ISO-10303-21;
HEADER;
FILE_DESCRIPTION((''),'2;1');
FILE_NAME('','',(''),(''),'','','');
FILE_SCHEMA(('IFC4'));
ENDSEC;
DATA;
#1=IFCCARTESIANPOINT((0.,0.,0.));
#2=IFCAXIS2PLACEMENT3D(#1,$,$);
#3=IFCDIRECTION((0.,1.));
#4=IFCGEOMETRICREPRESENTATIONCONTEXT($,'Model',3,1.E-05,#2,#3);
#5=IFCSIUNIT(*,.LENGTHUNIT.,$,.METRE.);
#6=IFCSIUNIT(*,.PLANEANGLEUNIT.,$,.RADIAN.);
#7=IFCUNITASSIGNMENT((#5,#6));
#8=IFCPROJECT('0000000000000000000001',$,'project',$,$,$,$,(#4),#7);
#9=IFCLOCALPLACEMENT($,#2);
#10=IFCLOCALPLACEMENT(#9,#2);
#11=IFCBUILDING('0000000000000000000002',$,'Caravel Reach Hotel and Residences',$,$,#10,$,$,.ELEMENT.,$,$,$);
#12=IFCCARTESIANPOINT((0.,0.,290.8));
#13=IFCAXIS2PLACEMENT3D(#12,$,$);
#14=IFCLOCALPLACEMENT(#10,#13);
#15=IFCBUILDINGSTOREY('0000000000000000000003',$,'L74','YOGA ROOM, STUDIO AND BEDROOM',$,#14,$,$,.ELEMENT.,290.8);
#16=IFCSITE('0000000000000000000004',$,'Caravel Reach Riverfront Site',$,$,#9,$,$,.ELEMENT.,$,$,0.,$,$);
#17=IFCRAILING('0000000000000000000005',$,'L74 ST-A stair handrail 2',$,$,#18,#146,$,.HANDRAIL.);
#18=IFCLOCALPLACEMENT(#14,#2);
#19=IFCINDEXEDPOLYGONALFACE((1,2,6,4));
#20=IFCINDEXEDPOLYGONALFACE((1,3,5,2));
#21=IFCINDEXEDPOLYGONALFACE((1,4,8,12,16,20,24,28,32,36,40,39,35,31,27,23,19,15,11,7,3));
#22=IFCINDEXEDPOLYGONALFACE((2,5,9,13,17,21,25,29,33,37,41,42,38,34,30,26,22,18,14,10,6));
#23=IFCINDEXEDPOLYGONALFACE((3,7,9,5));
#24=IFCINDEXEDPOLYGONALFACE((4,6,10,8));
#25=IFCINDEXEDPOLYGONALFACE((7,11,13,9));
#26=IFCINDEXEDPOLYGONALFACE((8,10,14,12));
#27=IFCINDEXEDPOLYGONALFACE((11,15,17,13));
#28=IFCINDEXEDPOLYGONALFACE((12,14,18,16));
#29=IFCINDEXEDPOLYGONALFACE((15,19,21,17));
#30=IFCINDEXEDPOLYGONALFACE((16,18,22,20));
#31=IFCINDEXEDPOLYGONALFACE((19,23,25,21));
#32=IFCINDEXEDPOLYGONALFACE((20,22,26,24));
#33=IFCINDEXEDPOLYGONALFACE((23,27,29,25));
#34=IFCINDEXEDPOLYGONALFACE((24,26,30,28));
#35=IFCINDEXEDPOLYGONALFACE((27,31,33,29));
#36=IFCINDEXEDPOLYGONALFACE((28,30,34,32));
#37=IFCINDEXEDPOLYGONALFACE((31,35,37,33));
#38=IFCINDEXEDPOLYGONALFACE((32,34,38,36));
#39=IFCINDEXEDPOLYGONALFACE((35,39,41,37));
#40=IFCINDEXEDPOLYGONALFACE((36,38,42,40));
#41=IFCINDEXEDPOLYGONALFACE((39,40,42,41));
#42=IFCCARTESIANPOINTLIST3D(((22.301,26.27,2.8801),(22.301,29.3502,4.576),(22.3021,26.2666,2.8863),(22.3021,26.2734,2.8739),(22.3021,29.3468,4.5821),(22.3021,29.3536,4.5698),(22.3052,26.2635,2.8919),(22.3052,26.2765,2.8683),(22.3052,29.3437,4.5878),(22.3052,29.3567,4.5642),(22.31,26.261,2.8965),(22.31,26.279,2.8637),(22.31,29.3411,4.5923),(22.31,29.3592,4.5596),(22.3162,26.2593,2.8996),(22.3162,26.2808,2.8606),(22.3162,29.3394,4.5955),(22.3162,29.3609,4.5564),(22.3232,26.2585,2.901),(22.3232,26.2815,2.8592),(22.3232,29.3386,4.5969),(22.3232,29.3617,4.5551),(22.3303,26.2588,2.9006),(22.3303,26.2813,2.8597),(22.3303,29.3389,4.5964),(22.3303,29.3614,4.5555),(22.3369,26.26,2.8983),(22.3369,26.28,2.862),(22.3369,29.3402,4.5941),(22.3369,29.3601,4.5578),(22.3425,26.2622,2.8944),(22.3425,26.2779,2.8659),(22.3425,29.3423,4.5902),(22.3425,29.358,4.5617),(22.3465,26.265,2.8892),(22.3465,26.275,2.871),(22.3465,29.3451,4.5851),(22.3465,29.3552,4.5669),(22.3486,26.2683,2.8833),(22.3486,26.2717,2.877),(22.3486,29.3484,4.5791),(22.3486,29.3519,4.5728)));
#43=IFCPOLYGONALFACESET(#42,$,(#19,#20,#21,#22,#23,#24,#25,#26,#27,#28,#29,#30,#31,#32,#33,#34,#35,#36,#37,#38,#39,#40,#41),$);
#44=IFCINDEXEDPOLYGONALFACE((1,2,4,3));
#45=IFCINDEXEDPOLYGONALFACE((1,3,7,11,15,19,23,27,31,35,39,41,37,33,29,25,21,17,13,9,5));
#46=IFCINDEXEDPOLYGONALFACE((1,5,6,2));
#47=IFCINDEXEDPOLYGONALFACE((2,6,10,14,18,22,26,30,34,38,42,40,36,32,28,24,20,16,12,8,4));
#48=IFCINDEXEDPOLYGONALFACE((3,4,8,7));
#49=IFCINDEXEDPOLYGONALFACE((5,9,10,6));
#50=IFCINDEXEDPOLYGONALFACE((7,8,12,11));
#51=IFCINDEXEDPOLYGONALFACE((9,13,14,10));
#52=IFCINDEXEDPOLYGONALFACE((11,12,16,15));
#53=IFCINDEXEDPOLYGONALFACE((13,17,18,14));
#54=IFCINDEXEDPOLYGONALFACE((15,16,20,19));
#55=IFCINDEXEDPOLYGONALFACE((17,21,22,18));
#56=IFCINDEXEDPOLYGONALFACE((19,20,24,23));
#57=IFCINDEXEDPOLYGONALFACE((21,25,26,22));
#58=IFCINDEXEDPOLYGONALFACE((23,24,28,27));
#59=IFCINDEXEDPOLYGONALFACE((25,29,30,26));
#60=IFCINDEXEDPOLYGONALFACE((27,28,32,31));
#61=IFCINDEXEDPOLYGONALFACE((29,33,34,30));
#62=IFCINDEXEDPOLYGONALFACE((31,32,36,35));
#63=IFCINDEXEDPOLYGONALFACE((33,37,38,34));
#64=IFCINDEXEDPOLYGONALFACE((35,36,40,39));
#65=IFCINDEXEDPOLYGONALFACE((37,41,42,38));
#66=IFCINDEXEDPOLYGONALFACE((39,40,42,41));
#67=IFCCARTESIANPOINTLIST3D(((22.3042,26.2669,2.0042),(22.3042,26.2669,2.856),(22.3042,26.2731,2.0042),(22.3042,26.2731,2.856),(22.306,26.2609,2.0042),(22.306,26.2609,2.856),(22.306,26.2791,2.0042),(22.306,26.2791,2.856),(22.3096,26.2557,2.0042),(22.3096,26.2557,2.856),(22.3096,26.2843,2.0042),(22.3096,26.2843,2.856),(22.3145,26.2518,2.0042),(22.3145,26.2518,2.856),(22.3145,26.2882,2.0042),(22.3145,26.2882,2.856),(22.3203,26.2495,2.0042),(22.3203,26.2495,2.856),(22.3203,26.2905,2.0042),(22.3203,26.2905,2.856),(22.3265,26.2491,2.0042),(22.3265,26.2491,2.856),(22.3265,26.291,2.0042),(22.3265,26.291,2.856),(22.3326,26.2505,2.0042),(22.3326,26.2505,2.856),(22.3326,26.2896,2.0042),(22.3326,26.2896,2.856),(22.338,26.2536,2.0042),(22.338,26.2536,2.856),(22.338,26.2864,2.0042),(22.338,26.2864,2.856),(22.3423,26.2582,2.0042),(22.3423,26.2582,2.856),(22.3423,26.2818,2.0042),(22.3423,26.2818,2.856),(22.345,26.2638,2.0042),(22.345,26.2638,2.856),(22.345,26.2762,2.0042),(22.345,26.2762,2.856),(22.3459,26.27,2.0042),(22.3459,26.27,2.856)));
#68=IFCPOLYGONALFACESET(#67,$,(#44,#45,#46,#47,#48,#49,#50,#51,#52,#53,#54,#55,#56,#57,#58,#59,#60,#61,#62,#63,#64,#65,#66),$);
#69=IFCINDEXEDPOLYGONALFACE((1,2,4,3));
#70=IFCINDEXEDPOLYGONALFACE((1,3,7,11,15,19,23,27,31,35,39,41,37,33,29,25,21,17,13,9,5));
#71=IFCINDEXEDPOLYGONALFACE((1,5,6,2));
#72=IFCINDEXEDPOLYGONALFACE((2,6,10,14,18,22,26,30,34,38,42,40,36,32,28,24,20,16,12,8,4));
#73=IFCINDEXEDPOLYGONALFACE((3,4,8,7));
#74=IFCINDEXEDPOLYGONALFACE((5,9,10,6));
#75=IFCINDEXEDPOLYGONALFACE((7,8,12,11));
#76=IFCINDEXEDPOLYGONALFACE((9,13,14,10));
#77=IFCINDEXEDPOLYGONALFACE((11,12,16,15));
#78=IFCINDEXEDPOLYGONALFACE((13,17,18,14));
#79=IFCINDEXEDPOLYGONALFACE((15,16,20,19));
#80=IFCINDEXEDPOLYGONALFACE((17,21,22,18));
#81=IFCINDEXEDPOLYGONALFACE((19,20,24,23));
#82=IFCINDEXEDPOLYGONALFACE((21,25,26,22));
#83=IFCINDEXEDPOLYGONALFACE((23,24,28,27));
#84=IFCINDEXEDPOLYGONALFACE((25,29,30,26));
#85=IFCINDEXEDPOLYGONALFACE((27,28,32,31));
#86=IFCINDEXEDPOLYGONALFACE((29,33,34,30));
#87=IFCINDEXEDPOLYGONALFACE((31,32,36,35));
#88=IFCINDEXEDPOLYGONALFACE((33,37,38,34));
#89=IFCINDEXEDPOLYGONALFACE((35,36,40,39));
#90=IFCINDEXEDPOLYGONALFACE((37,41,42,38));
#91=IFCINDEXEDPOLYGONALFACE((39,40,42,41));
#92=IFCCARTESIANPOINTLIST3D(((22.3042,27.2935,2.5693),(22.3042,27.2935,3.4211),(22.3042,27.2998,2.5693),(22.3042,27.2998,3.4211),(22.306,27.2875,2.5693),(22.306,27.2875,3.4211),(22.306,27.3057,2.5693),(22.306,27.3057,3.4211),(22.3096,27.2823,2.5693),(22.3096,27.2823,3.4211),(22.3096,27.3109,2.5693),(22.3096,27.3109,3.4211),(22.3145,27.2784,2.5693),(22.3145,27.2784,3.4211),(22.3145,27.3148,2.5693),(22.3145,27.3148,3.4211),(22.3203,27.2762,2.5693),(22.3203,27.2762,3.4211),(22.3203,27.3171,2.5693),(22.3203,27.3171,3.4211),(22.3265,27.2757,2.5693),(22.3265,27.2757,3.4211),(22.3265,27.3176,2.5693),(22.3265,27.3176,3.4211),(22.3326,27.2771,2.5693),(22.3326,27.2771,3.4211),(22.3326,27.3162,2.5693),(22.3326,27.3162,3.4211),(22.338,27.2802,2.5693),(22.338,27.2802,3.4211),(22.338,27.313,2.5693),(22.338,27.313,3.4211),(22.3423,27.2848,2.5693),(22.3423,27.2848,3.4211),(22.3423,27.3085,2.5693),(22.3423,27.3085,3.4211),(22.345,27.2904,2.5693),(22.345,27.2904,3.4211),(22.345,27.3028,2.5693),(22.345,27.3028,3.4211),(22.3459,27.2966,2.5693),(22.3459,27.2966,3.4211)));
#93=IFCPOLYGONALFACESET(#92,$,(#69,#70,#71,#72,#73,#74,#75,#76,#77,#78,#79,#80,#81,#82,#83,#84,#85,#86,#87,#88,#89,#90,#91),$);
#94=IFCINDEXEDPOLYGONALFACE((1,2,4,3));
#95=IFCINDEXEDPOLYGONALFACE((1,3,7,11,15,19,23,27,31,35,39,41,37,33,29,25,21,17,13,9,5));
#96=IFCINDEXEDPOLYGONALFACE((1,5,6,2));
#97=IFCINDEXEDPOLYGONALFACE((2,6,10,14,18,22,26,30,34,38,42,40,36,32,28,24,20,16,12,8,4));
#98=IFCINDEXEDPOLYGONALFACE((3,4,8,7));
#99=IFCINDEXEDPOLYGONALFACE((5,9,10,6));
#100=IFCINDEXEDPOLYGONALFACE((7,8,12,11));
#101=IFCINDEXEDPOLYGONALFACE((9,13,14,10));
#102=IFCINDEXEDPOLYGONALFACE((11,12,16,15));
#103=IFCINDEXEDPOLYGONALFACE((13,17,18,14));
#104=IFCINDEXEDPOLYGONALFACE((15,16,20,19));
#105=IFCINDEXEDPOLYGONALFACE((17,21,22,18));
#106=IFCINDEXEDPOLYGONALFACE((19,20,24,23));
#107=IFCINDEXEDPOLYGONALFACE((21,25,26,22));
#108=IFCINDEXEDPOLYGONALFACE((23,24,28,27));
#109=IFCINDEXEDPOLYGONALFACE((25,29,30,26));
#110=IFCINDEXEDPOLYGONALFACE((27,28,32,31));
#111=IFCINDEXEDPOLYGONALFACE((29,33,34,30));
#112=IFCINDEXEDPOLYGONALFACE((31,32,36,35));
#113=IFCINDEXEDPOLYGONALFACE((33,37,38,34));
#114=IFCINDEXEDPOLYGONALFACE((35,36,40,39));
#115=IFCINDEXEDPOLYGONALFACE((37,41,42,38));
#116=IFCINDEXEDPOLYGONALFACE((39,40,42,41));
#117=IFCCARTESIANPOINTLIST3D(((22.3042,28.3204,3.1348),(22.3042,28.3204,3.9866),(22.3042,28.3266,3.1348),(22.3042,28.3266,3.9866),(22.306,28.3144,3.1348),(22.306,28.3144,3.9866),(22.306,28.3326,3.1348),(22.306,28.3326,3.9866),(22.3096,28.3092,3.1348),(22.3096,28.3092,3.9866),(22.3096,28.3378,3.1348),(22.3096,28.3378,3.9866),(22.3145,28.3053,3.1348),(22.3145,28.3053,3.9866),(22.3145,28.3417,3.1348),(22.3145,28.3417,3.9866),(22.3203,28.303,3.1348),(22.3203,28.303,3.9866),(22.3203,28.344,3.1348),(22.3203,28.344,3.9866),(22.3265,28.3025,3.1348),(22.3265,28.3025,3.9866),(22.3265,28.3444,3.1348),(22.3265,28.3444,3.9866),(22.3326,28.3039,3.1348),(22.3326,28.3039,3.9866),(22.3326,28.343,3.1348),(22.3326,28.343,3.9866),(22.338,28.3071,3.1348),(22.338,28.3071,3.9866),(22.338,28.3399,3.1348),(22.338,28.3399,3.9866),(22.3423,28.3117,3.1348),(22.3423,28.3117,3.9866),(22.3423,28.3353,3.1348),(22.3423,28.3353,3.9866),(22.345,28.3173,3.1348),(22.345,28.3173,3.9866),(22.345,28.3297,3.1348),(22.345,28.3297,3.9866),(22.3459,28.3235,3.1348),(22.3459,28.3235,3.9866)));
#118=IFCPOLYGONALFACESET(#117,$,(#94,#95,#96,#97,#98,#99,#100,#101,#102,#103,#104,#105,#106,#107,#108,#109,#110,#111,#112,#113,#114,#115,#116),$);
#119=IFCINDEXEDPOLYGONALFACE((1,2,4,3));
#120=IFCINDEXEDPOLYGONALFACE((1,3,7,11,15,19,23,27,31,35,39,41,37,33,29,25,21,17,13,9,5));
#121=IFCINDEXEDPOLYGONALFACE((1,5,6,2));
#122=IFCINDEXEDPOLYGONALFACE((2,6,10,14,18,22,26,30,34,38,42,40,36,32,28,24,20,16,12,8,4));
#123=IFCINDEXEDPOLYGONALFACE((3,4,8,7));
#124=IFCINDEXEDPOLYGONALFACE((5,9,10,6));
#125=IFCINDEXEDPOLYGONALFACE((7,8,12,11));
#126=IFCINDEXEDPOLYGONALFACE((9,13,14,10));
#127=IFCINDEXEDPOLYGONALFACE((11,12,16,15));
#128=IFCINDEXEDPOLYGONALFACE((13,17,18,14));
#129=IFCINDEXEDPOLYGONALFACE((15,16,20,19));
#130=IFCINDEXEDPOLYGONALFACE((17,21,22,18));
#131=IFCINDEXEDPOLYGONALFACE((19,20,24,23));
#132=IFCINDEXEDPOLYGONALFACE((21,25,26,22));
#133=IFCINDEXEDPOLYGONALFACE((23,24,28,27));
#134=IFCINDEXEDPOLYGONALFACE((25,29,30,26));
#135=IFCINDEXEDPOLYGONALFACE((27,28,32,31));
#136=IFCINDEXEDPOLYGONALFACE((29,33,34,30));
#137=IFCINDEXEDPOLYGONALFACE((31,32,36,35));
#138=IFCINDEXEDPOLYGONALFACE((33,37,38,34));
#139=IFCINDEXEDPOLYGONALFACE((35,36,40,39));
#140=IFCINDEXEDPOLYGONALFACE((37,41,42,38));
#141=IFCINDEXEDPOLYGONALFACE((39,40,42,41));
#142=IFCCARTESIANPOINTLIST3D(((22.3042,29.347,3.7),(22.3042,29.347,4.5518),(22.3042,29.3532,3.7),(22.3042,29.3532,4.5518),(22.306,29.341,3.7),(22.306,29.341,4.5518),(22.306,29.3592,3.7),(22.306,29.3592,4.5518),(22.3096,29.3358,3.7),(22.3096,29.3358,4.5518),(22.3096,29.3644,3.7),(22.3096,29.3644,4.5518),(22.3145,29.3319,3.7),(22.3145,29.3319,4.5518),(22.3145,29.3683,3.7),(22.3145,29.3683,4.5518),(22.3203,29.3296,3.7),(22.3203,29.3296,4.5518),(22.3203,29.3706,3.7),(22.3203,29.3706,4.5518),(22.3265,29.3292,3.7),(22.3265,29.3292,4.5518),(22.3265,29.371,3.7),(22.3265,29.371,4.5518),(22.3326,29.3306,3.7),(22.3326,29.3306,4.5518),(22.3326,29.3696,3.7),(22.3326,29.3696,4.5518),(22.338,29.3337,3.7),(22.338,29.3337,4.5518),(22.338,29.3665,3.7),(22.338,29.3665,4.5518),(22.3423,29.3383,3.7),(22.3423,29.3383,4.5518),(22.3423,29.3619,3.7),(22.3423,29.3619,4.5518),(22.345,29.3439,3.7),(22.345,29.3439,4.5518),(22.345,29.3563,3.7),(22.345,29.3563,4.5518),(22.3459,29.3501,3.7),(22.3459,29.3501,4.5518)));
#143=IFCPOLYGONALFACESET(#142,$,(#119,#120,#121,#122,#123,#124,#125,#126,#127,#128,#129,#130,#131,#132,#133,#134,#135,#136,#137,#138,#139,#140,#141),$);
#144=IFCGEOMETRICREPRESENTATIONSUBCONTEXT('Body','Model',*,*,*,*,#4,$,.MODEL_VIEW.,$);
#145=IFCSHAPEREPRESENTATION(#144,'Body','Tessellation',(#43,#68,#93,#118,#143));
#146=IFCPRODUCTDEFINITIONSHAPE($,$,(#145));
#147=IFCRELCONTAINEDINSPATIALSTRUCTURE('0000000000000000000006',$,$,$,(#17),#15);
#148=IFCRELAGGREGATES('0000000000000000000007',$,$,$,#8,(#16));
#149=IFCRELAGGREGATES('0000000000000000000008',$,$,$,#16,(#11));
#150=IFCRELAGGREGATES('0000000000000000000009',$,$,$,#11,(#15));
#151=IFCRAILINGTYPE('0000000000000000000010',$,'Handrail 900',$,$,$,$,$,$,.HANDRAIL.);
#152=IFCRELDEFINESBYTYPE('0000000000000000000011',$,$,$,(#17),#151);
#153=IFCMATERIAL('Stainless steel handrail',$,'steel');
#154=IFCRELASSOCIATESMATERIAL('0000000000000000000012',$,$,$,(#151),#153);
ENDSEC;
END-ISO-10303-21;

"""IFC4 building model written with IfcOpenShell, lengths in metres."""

from ifc_helpers import new_model, si_unit, direction, frame, origin, origin_2d, place, context, subcontext, project, spatial, circle, extrude, material, type_object, element, save


model = new_model("IFC4")

# Units and contexts
model_context = context("Model", 3, precision=1e-05, world=origin(), true_north=direction((0.0, 1.0)))
body_context = subcontext(model_context, "Body", "Model", "MODEL_VIEW")
ifc_project = project(units=[si_unit("LENGTHUNIT", "METRE"), si_unit("PLANEANGLEUNIT", "RADIAN")], contexts=[model_context])

# Site, building, storey
site_placement = place(None, origin())
site = spatial("IfcSite", under=ifc_project, at=site_placement, Name="Caravel Reach Riverfront Site", CompositionType="ELEMENT", RefElevation=0.0)
building_placement = place(site_placement, origin())
building = spatial("IfcBuilding", under=site, at=building_placement, Name="Caravel Reach Hotel and Residences", CompositionType="ELEMENT")
storey_placement = place(building_placement, frame((0.0, 0.0, 290.8)))
storey = spatial("IfcBuildingStorey", under=building, at=storey_placement, Name="L74", Description="YOGA ROOM, STUDIO AND BEDROOM", CompositionType="ELEMENT", Elevation=290.8)

# Railing
ifc_material_1 = material(Name="Stainless steel handrail", Category="steel")
railing_type_1 = type_object("IfcRailingType", Name="Handrail 900", PredefinedType="HANDRAIL", material=ifc_material_1)
railing_1_placement = place(storey_placement, frame((22.325, 26.27, 2.0042)))
element("IfcRailing", 1, at=railing_1_placement, inside=storey, type_object=railing_type_1, Name="L74 ST-A stair handrail 2", PredefinedType="HANDRAIL", context=body_context, shape_type="SweptSolid", body=[
    extrude(circle(Radius=0.0239, at=origin_2d()), frame((0.0, 0.0, 0.876), z_axis=(0.0, 0.876005, 0.482303), x_axis=(-1.0, 0.0, 0.0)), (0.0, 0.0, 1.0), 3.5161),
    extrude(circle(Radius=0.021, at=origin_2d()), origin(), (0.0, 0.0, 1.0), 0.8518),
    extrude(circle(Radius=0.021, at=origin_2d()), frame((0.0, 1.0266, 0.5652)), (0.0, 0.0, 1.0), 0.8518),
    extrude(circle(Radius=0.021, at=origin_2d()), frame((0.0, 2.0535, 1.1306)), (0.0, 0.0, 1.0), 0.8518),
    extrude(circle(Radius=0.021, at=origin_2d()), frame((0.0, 3.0801, 1.6958)), (0.0, 0.0, 1.0), 0.8518),
])

save(model, "model.ifc")
